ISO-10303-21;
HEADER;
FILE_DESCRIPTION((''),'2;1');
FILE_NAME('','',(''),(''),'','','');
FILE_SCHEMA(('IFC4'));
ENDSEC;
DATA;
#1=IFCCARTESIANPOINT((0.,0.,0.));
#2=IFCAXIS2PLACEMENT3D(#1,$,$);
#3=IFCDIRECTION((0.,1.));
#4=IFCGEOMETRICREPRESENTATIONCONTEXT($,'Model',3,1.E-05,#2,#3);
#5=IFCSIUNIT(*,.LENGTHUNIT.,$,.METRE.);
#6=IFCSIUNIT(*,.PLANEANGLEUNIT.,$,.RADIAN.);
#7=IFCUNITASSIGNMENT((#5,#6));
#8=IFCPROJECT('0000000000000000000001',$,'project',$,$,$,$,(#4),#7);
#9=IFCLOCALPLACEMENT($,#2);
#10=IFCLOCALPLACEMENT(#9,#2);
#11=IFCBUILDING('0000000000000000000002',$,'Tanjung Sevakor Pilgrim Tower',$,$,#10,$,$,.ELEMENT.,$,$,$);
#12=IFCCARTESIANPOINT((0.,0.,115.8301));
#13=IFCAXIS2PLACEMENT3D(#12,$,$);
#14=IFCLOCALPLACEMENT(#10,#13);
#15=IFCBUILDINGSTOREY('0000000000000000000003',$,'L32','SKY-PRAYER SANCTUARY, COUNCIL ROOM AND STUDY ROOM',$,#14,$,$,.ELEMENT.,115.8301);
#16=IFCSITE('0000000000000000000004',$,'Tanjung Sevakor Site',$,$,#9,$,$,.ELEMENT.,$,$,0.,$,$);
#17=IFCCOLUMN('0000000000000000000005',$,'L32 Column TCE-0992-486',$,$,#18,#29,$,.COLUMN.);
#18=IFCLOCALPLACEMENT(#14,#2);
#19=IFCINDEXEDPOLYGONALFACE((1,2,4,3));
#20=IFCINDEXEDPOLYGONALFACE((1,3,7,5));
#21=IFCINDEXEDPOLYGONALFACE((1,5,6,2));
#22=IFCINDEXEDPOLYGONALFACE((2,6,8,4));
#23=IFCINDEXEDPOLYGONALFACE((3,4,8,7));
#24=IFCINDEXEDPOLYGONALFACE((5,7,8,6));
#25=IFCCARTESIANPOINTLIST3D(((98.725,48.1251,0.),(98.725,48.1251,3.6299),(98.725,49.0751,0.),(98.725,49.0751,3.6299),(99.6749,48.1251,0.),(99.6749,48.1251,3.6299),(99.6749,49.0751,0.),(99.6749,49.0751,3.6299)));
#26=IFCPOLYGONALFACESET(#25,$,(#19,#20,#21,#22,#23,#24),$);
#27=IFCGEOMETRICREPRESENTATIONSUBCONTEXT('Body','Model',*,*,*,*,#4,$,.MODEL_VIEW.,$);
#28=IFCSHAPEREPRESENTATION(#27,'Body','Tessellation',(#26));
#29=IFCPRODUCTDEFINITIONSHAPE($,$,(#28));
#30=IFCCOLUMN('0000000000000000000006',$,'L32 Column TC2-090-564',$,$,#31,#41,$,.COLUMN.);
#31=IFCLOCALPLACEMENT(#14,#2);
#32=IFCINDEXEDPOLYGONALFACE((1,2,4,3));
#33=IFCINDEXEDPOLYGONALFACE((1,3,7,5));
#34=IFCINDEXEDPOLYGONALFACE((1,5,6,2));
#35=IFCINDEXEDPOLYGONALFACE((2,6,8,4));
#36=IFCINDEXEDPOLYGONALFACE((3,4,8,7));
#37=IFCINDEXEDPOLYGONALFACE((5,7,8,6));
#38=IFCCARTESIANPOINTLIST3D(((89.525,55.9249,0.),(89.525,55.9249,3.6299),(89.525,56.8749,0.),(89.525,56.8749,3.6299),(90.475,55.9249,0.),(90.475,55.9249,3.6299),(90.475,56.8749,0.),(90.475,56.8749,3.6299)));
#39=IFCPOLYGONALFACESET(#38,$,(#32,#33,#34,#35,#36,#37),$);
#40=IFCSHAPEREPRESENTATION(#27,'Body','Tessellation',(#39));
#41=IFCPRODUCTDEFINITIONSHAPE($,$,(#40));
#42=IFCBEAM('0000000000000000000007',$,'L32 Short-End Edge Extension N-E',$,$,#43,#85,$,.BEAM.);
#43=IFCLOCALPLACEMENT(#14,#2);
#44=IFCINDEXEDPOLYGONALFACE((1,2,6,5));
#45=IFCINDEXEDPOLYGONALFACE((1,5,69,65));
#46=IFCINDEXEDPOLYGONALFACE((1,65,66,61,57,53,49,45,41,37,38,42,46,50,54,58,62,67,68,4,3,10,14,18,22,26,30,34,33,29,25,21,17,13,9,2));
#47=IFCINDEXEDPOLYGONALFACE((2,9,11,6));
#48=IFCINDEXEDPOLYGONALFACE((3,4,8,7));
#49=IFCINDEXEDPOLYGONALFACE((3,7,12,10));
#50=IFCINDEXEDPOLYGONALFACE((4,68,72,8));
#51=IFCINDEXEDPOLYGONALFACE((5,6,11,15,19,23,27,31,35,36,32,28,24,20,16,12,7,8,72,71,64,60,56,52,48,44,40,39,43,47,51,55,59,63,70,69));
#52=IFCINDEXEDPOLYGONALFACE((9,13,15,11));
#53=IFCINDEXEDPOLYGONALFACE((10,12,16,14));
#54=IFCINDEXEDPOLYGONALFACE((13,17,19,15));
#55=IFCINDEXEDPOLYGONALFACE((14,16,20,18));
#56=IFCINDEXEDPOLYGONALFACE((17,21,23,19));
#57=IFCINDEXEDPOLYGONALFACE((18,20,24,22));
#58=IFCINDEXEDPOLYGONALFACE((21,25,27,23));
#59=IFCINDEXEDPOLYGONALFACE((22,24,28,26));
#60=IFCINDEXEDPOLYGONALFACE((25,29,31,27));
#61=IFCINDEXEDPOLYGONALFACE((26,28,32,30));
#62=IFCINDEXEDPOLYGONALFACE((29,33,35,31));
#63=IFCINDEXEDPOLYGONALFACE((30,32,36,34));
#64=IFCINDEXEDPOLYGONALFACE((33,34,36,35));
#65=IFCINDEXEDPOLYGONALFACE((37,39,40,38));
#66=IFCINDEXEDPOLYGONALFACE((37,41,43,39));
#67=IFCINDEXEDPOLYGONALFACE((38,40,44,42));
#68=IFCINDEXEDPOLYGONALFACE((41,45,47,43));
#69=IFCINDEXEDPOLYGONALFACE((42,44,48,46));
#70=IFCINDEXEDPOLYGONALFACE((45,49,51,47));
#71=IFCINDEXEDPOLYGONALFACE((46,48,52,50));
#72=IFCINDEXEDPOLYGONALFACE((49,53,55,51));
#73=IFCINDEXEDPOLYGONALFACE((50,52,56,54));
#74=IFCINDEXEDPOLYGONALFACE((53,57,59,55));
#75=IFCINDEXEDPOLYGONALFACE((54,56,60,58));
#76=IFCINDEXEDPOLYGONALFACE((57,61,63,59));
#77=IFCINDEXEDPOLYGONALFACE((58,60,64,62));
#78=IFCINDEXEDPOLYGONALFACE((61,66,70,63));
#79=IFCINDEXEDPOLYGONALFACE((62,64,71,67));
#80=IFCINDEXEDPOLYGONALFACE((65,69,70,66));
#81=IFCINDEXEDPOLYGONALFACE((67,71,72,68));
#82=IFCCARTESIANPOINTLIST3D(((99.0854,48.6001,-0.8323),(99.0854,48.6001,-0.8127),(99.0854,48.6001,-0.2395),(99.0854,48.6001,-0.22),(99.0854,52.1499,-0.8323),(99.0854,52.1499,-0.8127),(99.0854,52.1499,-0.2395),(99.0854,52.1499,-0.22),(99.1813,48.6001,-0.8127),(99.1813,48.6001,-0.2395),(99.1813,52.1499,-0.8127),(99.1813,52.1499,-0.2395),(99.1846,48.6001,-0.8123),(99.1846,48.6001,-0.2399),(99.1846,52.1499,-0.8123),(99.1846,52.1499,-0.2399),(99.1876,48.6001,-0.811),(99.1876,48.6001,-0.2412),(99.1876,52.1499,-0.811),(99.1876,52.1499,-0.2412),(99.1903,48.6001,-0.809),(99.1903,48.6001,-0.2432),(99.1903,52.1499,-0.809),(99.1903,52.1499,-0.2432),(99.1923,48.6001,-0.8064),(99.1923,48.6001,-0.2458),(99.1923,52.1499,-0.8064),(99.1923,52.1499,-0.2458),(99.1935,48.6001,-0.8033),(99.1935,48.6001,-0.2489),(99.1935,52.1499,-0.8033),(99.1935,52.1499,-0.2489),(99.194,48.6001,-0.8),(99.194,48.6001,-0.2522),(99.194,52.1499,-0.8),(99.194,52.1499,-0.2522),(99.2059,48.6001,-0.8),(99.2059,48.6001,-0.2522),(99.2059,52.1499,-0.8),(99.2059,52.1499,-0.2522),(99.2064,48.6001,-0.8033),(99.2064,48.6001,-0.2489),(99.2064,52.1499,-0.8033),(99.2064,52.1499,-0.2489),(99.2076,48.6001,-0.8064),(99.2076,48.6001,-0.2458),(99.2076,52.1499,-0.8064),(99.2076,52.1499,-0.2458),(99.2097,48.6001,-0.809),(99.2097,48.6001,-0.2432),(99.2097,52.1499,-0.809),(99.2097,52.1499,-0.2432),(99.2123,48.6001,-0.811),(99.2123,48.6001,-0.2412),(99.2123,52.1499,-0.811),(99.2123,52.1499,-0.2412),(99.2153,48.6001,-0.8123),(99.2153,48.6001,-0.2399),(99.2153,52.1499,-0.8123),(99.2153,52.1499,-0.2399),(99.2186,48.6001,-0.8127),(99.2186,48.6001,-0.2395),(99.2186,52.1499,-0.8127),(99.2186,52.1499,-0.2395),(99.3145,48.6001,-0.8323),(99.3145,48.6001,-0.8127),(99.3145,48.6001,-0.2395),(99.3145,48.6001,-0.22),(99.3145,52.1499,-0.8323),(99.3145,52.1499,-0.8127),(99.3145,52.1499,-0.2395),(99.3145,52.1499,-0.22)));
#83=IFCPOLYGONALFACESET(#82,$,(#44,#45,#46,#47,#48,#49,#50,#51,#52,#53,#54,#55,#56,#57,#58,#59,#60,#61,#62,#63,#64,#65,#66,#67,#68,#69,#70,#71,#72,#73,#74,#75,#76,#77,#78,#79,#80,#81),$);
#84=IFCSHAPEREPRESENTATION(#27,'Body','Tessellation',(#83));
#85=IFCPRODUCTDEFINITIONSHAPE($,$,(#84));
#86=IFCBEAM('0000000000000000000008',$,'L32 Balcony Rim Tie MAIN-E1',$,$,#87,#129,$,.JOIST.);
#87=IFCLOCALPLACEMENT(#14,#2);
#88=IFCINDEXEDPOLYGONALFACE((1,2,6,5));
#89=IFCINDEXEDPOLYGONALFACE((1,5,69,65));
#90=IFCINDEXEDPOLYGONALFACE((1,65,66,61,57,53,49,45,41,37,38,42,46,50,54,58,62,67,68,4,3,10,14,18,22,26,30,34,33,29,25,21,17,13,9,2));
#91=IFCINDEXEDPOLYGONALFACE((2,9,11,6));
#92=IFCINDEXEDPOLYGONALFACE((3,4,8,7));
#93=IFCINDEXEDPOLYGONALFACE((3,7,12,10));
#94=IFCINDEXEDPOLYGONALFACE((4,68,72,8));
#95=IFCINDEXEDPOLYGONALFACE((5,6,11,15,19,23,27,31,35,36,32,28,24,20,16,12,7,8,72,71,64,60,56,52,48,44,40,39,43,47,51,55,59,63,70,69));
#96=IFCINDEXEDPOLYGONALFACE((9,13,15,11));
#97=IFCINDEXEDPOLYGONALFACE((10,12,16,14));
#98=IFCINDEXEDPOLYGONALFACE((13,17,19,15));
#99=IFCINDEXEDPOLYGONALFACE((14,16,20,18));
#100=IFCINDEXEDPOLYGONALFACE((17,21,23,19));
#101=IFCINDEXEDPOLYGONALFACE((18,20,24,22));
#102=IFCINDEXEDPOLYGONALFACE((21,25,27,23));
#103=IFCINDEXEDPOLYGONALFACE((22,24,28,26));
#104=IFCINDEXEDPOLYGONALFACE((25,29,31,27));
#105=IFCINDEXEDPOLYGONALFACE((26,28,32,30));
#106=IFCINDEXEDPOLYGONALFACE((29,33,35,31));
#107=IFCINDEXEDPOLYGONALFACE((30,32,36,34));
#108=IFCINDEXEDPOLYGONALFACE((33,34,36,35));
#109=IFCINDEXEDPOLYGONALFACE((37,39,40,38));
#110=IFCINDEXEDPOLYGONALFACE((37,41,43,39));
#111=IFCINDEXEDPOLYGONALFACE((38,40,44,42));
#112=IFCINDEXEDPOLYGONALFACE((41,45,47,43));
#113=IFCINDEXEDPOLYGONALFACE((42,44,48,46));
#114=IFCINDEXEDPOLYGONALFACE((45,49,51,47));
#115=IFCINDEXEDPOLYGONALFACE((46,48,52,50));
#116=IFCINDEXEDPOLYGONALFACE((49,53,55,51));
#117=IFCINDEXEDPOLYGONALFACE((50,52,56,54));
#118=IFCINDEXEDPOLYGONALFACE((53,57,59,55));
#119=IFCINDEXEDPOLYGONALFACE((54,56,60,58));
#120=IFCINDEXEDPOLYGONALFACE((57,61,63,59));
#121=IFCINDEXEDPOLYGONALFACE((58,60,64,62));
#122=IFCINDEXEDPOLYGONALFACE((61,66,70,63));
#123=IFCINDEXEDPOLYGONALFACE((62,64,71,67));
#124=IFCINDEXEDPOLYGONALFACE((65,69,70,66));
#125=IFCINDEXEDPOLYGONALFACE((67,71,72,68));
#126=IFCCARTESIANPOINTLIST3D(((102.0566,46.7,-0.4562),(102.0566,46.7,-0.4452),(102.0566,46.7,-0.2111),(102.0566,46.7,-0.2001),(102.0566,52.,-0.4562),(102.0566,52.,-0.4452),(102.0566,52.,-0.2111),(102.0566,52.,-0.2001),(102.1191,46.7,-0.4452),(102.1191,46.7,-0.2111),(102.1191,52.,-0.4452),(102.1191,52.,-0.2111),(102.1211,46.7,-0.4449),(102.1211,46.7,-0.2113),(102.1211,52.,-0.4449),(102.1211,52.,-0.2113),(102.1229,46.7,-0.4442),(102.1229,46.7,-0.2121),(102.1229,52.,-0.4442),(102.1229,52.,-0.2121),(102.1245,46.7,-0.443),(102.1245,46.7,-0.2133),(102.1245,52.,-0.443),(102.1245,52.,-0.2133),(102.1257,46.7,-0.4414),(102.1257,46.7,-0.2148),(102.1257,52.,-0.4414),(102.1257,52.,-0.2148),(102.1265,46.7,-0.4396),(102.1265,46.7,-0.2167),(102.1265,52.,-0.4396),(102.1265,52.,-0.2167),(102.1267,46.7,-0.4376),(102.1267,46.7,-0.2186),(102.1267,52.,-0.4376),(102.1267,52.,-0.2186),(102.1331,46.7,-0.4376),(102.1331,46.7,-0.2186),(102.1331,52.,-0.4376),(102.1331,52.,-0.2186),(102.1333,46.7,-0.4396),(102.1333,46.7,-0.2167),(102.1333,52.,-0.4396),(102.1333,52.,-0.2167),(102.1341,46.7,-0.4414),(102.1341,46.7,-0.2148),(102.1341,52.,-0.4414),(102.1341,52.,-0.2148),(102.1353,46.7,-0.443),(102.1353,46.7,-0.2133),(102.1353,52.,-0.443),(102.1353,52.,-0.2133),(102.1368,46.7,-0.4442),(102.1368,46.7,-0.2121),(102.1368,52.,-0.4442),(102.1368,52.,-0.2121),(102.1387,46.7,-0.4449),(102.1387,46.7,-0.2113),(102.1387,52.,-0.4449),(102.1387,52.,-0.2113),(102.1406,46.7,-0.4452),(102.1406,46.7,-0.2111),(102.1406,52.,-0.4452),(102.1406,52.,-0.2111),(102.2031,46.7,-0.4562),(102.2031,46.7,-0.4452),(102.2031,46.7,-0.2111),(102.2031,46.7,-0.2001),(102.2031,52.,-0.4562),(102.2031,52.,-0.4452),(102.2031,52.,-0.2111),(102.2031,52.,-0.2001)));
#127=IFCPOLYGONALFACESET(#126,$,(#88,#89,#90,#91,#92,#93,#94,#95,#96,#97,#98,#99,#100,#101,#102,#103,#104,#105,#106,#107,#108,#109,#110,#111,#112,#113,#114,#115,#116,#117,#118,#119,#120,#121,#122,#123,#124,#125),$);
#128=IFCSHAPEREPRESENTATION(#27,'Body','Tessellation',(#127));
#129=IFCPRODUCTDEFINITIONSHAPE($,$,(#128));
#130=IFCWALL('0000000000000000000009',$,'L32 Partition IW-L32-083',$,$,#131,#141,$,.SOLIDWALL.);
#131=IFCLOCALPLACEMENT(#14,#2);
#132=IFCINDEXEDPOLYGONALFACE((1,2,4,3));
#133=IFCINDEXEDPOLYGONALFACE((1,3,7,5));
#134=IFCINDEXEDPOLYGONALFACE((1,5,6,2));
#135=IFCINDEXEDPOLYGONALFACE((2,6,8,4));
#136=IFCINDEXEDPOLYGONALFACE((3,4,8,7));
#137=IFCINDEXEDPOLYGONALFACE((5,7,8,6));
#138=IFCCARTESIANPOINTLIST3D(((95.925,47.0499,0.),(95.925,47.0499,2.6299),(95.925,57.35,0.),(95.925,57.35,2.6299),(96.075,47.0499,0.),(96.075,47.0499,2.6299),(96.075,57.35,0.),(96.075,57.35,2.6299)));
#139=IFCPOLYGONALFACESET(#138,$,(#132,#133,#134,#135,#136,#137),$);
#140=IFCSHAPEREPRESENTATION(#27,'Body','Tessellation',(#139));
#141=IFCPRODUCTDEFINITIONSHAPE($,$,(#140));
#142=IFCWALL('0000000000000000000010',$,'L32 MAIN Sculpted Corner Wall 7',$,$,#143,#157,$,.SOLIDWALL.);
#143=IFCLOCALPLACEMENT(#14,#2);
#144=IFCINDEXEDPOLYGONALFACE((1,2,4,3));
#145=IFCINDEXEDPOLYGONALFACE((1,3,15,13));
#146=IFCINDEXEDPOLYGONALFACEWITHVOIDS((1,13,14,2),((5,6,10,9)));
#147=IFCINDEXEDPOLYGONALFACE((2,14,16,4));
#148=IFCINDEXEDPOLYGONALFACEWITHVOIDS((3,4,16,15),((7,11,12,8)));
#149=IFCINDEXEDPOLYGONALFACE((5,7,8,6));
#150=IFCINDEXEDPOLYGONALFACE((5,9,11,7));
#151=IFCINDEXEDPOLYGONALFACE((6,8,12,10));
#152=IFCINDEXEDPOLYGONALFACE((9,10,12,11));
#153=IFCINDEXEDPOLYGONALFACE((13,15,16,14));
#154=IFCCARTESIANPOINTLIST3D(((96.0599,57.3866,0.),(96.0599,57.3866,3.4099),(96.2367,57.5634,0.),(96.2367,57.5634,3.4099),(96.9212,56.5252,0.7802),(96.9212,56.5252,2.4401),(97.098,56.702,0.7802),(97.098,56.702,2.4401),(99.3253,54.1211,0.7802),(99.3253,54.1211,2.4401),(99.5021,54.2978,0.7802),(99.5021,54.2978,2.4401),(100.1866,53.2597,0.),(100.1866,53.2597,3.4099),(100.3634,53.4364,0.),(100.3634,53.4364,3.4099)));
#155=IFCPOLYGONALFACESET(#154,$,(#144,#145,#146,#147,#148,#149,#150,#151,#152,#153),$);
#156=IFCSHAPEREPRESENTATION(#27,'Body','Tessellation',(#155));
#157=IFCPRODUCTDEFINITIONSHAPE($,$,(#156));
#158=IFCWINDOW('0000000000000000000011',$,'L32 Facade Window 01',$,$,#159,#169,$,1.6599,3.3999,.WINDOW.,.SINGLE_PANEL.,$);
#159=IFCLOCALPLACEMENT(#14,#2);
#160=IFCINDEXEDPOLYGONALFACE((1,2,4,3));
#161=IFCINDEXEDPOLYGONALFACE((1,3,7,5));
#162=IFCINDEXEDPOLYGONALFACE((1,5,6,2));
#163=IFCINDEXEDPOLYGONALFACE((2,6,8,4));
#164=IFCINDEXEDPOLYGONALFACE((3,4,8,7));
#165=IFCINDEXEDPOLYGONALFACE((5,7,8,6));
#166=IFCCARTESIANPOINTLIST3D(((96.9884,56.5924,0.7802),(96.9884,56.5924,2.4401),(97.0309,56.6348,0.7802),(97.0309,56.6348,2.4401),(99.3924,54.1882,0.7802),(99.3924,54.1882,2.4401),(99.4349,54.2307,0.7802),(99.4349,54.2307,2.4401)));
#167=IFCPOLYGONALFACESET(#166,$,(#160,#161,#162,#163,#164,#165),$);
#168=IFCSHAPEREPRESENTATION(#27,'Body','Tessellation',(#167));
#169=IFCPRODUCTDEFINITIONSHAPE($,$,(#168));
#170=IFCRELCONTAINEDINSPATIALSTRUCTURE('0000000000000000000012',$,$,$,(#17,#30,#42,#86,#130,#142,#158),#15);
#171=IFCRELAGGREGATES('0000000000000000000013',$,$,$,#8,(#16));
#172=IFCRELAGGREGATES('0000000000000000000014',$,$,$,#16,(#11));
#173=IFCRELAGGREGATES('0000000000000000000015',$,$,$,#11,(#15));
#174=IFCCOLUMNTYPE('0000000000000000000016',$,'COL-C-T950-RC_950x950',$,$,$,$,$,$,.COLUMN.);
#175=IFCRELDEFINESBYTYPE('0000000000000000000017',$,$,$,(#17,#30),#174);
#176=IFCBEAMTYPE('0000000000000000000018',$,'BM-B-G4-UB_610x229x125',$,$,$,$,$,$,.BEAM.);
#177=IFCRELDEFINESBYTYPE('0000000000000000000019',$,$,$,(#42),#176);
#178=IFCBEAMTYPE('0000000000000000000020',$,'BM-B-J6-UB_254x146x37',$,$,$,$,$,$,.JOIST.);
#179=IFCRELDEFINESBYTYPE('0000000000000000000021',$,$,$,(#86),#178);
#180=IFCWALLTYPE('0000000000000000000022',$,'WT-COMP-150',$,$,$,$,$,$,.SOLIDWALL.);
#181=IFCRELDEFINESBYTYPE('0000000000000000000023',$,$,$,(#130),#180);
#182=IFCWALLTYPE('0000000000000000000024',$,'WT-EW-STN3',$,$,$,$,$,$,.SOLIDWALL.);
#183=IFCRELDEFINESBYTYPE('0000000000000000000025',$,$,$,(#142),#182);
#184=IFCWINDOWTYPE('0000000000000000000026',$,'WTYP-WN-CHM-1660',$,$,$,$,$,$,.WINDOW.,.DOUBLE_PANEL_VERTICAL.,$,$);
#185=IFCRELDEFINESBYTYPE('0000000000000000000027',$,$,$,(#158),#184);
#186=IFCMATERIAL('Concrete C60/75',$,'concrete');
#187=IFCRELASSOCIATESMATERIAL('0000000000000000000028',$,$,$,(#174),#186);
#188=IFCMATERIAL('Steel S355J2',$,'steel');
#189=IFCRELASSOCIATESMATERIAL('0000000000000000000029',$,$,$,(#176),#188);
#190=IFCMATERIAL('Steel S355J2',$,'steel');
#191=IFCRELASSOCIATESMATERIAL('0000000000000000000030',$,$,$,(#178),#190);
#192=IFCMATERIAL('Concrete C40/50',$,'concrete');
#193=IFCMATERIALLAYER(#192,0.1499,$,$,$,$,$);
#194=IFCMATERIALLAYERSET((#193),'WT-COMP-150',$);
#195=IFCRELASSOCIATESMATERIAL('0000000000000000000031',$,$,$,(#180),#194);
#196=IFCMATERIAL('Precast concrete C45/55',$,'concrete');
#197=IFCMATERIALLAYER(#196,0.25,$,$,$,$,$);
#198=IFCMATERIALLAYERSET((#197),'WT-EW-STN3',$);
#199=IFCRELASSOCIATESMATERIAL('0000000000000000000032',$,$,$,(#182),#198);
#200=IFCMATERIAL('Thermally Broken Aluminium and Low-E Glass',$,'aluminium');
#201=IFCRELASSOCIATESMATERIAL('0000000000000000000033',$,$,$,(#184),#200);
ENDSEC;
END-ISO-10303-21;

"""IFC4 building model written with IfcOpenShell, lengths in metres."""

from ifc_helpers import new_model, si_unit, direction, frame, frame_2d, origin, origin_2d, place, context, subcontext, project, spatial, rectangle, i_section, extrude, material, layer, layer_set, material_profile, profile_set, type_object, element, fill, save


model = new_model("IFC4")

# Units and contexts
model_context = context("Model", 3, precision=1e-05, world=origin(), true_north=direction((0.0, 1.0)))
body_context = subcontext(model_context, "Body", "Model", "MODEL_VIEW")
ifc_project = project(units=[si_unit("LENGTHUNIT", "METRE"), si_unit("PLANEANGLEUNIT", "RADIAN")], contexts=[model_context])

# Site, building, storey
site_placement = place(None, origin())
site = spatial("IfcSite", under=ifc_project, at=site_placement, Name="Tanjung Sevakor Site", CompositionType="ELEMENT", RefElevation=0.0)
building_placement = place(site_placement, origin())
building = spatial("IfcBuilding", under=site, at=building_placement, Name="Tanjung Sevakor Pilgrim Tower", CompositionType="ELEMENT")
storey_placement = place(building_placement, frame((0.0, 0.0, 115.8301)))
storey = spatial("IfcBuildingStorey", under=building, at=storey_placement, Name="L32", Description="SKY-PRAYER SANCTUARY, COUNCIL ROOM AND STUDY ROOM", CompositionType="ELEMENT", Elevation=115.8301)

# Columns
ifc_material_1 = material(Name="Concrete C60/75", Category="concrete")
ifc_material_profile_1 = material_profile(ifc_material_1, rectangle(XDim=0.95, YDim=0.95, at=origin_2d()))
ifc_profile_set_1 = profile_set([ifc_material_profile_1], Name="Concrete C60/75")
column_type = type_object("IfcColumnType", Name="COL-C-T950-RC_950x950", PredefinedType="COLUMN", material=ifc_profile_set_1)
for number, where, z_axis, x_axis, name in (
    (1, (99.2, 48.6001, 0.0), (0.0, 0.0, 1.0), (1.0, 0.0, 0.0), "L32 Column TCE-0992-486"),
    (2, (90.0, 56.3999, 0.0), (0.0, 0.0, 1.0), (1.0, 0.0, 0.0), "L32 Column TC2-090-564"),
):
    element("IfcColumn", number, at=place(storey_placement, frame(where, z_axis=z_axis, x_axis=x_axis)), inside=storey, type_object=column_type, Name=name, PredefinedType="COLUMN", context=body_context, shape_type="SweptSolid", body=[
        extrude(rectangle(XDim=0.95, YDim=0.95, at=origin_2d()), origin(), (0.0, 0.0, 1.0), 3.6299),
    ])

# Beams
ifc_material_2 = material(Name="Steel S355J2", Category="steel")
ifc_material_profile_2 = material_profile(ifc_material_2, i_section(OverallWidth=0.229, OverallDepth=0.6123, WebThickness=0.012, FlangeThickness=0.0195, FilletRadius=0.0127, at=origin_2d()))
ifc_profile_set_2 = profile_set([ifc_material_profile_2], Name="Steel S355J2")
beam_type_1 = type_object("IfcBeamType", Name="BM-B-G4-UB_610x229x125", PredefinedType="BEAM", material=ifc_profile_set_2)
beam_1_placement = place(storey_placement, frame((99.2, 48.6001, -0.5261), z_axis=(0.0, 1.0, 0.0), x_axis=(-1.0, 0.0, 0.0)))
element("IfcBeam", 3, at=beam_1_placement, inside=storey, type_object=beam_type_1, Name="L32 Short-End Edge Extension N-E", PredefinedType="BEAM", context=body_context, shape_type="SweptSolid", body=[
    extrude(i_section(OverallWidth=0.229, OverallDepth=0.6123, WebThickness=0.012, FlangeThickness=0.0195, FilletRadius=0.0127, at=origin_2d()), origin(), (0.0, 0.0, 1.0), 3.5498),
])
ifc_material_3 = material(Name="Steel S355J2", Category="steel")
ifc_material_profile_3 = material_profile(ifc_material_3, i_section(OverallWidth=0.1465, OverallDepth=0.2561, WebThickness=0.0063, FlangeThickness=0.011, FilletRadius=0.0076, at=origin_2d()))
ifc_profile_set_3 = profile_set([ifc_material_profile_3], Name="Steel S355J2")
beam_type_2 = type_object("IfcBeamType", Name="BM-B-J6-UB_254x146x37", PredefinedType="JOIST", material=ifc_profile_set_3)
beam_2_placement = place(storey_placement, frame((102.1299, 46.7, -0.3281), z_axis=(0.0, 1.0, 0.0), x_axis=(-1.0, 0.0, 0.0)))
element("IfcBeam", 4, at=beam_2_placement, inside=storey, type_object=beam_type_2, Name="L32 Balcony Rim Tie MAIN-E1", PredefinedType="JOIST", context=body_context, shape_type="SweptSolid", body=[
    extrude(i_section(OverallWidth=0.1465, OverallDepth=0.2561, WebThickness=0.0063, FlangeThickness=0.011, FilletRadius=0.0076, at=origin_2d()), origin(), (0.0, 0.0, 1.0), 5.3),
])

# Wall
ifc_material_4 = material(Name="Concrete C40/50", Category="concrete")
ifc_layer_1 = layer(ifc_material_4, 0.1499)
ifc_layer_set_1 = layer_set([ifc_layer_1], Name="WT-COMP-150")
wall_type_1 = type_object("IfcWallType", Name="WT-COMP-150", PredefinedType="SOLIDWALL", material=ifc_layer_set_1)
wall_1_placement = place(storey_placement, frame((96.0, 47.05, 0.0), z_axis=(0.0, 0.0, 1.0), x_axis=(0.0, 1.0, 0.0)))
element("IfcWall", 5, at=wall_1_placement, inside=storey, type_object=wall_type_1, Name="L32 Partition IW-L32-083", PredefinedType="SOLIDWALL", context=body_context, shape_type="SweptSolid", body=[
    extrude(rectangle(XDim=10.3, YDim=0.1499, at=frame_2d((5.1499, 0.0))), origin(), (0.0, 0.0, 1.0), 2.6299),
])

# Wall, opening, window
ifc_material_5 = material(Name="Precast concrete C45/55", Category="concrete")
ifc_layer_2 = layer(ifc_material_5, 0.25)
ifc_layer_set_2 = layer_set([ifc_layer_2], Name="WT-EW-STN3")
wall_type_2 = type_object("IfcWallType", Name="WT-EW-STN3", PredefinedType="SOLIDWALL", material=ifc_layer_set_2)
wall_2_placement = place(storey_placement, frame((100.2749, 53.3481, 0.0), z_axis=(0.0, 0.0, 1.0), x_axis=(-0.707086, 0.707128, 0.0)))
wall_2 = element("IfcWall", 6, at=wall_2_placement, inside=storey, type_object=wall_type_2, Name="L32 MAIN Sculpted Corner Wall 7", PredefinedType="SOLIDWALL", context=body_context, shape_type="SweptSolid", body=[
    extrude(rectangle(XDim=5.8362, YDim=0.25, at=frame_2d((2.918, 0.0))), origin(), (0.0, 0.0, 1.0), 3.4099),
])
opening_1_placement = place(wall_2_placement, frame((1.218, 0.0, 0.78)))
opening_1 = element("IfcOpeningElement", 7, at=opening_1_placement, cuts=wall_2, PredefinedType="OPENING", context=body_context, shape_type="SweptSolid", body=[
    extrude(rectangle(XDim=3.3999, YDim=1.6599, at=frame_2d((1.7, 0.8301))), frame((0.0, 0.135, 0.0), z_axis=(0.0, -1.0, 0.0), x_axis=(1.0, 0.0, 0.0)), (0.0, 0.0, 1.0), 0.27),
])
ifc_material_6 = material(Name="Thermally Broken Aluminium and Low-E Glass", Category="aluminium")
window_type_1 = type_object("IfcWindowType", Name="WTYP-WN-CHM-1660", PartitioningType="DOUBLE_PANEL_VERTICAL", PredefinedType="WINDOW", material=ifc_material_6)
window_1_placement = place(opening_1_placement, origin())
window_1 = element("IfcWindow", 8, at=window_1_placement, inside=storey, type_object=window_type_1, Name="L32 Facade Window 01", OverallHeight=1.6599, OverallWidth=3.3999, PartitioningType="SINGLE_PANEL", PredefinedType="WINDOW", context=body_context, shape_type="SweptSolid", body=[
    extrude(rectangle(XDim=3.3999, YDim=1.6599, at=frame_2d((1.7, 0.8301))), frame((0.0, 0.03, 0.0), z_axis=(0.0, -1.0, 0.0), x_axis=(1.0, 0.0, 0.0)), (0.0, 0.0, 1.0), 0.0601),
])
fill(opening_1, window_1)

save(model, "model.ifc")
